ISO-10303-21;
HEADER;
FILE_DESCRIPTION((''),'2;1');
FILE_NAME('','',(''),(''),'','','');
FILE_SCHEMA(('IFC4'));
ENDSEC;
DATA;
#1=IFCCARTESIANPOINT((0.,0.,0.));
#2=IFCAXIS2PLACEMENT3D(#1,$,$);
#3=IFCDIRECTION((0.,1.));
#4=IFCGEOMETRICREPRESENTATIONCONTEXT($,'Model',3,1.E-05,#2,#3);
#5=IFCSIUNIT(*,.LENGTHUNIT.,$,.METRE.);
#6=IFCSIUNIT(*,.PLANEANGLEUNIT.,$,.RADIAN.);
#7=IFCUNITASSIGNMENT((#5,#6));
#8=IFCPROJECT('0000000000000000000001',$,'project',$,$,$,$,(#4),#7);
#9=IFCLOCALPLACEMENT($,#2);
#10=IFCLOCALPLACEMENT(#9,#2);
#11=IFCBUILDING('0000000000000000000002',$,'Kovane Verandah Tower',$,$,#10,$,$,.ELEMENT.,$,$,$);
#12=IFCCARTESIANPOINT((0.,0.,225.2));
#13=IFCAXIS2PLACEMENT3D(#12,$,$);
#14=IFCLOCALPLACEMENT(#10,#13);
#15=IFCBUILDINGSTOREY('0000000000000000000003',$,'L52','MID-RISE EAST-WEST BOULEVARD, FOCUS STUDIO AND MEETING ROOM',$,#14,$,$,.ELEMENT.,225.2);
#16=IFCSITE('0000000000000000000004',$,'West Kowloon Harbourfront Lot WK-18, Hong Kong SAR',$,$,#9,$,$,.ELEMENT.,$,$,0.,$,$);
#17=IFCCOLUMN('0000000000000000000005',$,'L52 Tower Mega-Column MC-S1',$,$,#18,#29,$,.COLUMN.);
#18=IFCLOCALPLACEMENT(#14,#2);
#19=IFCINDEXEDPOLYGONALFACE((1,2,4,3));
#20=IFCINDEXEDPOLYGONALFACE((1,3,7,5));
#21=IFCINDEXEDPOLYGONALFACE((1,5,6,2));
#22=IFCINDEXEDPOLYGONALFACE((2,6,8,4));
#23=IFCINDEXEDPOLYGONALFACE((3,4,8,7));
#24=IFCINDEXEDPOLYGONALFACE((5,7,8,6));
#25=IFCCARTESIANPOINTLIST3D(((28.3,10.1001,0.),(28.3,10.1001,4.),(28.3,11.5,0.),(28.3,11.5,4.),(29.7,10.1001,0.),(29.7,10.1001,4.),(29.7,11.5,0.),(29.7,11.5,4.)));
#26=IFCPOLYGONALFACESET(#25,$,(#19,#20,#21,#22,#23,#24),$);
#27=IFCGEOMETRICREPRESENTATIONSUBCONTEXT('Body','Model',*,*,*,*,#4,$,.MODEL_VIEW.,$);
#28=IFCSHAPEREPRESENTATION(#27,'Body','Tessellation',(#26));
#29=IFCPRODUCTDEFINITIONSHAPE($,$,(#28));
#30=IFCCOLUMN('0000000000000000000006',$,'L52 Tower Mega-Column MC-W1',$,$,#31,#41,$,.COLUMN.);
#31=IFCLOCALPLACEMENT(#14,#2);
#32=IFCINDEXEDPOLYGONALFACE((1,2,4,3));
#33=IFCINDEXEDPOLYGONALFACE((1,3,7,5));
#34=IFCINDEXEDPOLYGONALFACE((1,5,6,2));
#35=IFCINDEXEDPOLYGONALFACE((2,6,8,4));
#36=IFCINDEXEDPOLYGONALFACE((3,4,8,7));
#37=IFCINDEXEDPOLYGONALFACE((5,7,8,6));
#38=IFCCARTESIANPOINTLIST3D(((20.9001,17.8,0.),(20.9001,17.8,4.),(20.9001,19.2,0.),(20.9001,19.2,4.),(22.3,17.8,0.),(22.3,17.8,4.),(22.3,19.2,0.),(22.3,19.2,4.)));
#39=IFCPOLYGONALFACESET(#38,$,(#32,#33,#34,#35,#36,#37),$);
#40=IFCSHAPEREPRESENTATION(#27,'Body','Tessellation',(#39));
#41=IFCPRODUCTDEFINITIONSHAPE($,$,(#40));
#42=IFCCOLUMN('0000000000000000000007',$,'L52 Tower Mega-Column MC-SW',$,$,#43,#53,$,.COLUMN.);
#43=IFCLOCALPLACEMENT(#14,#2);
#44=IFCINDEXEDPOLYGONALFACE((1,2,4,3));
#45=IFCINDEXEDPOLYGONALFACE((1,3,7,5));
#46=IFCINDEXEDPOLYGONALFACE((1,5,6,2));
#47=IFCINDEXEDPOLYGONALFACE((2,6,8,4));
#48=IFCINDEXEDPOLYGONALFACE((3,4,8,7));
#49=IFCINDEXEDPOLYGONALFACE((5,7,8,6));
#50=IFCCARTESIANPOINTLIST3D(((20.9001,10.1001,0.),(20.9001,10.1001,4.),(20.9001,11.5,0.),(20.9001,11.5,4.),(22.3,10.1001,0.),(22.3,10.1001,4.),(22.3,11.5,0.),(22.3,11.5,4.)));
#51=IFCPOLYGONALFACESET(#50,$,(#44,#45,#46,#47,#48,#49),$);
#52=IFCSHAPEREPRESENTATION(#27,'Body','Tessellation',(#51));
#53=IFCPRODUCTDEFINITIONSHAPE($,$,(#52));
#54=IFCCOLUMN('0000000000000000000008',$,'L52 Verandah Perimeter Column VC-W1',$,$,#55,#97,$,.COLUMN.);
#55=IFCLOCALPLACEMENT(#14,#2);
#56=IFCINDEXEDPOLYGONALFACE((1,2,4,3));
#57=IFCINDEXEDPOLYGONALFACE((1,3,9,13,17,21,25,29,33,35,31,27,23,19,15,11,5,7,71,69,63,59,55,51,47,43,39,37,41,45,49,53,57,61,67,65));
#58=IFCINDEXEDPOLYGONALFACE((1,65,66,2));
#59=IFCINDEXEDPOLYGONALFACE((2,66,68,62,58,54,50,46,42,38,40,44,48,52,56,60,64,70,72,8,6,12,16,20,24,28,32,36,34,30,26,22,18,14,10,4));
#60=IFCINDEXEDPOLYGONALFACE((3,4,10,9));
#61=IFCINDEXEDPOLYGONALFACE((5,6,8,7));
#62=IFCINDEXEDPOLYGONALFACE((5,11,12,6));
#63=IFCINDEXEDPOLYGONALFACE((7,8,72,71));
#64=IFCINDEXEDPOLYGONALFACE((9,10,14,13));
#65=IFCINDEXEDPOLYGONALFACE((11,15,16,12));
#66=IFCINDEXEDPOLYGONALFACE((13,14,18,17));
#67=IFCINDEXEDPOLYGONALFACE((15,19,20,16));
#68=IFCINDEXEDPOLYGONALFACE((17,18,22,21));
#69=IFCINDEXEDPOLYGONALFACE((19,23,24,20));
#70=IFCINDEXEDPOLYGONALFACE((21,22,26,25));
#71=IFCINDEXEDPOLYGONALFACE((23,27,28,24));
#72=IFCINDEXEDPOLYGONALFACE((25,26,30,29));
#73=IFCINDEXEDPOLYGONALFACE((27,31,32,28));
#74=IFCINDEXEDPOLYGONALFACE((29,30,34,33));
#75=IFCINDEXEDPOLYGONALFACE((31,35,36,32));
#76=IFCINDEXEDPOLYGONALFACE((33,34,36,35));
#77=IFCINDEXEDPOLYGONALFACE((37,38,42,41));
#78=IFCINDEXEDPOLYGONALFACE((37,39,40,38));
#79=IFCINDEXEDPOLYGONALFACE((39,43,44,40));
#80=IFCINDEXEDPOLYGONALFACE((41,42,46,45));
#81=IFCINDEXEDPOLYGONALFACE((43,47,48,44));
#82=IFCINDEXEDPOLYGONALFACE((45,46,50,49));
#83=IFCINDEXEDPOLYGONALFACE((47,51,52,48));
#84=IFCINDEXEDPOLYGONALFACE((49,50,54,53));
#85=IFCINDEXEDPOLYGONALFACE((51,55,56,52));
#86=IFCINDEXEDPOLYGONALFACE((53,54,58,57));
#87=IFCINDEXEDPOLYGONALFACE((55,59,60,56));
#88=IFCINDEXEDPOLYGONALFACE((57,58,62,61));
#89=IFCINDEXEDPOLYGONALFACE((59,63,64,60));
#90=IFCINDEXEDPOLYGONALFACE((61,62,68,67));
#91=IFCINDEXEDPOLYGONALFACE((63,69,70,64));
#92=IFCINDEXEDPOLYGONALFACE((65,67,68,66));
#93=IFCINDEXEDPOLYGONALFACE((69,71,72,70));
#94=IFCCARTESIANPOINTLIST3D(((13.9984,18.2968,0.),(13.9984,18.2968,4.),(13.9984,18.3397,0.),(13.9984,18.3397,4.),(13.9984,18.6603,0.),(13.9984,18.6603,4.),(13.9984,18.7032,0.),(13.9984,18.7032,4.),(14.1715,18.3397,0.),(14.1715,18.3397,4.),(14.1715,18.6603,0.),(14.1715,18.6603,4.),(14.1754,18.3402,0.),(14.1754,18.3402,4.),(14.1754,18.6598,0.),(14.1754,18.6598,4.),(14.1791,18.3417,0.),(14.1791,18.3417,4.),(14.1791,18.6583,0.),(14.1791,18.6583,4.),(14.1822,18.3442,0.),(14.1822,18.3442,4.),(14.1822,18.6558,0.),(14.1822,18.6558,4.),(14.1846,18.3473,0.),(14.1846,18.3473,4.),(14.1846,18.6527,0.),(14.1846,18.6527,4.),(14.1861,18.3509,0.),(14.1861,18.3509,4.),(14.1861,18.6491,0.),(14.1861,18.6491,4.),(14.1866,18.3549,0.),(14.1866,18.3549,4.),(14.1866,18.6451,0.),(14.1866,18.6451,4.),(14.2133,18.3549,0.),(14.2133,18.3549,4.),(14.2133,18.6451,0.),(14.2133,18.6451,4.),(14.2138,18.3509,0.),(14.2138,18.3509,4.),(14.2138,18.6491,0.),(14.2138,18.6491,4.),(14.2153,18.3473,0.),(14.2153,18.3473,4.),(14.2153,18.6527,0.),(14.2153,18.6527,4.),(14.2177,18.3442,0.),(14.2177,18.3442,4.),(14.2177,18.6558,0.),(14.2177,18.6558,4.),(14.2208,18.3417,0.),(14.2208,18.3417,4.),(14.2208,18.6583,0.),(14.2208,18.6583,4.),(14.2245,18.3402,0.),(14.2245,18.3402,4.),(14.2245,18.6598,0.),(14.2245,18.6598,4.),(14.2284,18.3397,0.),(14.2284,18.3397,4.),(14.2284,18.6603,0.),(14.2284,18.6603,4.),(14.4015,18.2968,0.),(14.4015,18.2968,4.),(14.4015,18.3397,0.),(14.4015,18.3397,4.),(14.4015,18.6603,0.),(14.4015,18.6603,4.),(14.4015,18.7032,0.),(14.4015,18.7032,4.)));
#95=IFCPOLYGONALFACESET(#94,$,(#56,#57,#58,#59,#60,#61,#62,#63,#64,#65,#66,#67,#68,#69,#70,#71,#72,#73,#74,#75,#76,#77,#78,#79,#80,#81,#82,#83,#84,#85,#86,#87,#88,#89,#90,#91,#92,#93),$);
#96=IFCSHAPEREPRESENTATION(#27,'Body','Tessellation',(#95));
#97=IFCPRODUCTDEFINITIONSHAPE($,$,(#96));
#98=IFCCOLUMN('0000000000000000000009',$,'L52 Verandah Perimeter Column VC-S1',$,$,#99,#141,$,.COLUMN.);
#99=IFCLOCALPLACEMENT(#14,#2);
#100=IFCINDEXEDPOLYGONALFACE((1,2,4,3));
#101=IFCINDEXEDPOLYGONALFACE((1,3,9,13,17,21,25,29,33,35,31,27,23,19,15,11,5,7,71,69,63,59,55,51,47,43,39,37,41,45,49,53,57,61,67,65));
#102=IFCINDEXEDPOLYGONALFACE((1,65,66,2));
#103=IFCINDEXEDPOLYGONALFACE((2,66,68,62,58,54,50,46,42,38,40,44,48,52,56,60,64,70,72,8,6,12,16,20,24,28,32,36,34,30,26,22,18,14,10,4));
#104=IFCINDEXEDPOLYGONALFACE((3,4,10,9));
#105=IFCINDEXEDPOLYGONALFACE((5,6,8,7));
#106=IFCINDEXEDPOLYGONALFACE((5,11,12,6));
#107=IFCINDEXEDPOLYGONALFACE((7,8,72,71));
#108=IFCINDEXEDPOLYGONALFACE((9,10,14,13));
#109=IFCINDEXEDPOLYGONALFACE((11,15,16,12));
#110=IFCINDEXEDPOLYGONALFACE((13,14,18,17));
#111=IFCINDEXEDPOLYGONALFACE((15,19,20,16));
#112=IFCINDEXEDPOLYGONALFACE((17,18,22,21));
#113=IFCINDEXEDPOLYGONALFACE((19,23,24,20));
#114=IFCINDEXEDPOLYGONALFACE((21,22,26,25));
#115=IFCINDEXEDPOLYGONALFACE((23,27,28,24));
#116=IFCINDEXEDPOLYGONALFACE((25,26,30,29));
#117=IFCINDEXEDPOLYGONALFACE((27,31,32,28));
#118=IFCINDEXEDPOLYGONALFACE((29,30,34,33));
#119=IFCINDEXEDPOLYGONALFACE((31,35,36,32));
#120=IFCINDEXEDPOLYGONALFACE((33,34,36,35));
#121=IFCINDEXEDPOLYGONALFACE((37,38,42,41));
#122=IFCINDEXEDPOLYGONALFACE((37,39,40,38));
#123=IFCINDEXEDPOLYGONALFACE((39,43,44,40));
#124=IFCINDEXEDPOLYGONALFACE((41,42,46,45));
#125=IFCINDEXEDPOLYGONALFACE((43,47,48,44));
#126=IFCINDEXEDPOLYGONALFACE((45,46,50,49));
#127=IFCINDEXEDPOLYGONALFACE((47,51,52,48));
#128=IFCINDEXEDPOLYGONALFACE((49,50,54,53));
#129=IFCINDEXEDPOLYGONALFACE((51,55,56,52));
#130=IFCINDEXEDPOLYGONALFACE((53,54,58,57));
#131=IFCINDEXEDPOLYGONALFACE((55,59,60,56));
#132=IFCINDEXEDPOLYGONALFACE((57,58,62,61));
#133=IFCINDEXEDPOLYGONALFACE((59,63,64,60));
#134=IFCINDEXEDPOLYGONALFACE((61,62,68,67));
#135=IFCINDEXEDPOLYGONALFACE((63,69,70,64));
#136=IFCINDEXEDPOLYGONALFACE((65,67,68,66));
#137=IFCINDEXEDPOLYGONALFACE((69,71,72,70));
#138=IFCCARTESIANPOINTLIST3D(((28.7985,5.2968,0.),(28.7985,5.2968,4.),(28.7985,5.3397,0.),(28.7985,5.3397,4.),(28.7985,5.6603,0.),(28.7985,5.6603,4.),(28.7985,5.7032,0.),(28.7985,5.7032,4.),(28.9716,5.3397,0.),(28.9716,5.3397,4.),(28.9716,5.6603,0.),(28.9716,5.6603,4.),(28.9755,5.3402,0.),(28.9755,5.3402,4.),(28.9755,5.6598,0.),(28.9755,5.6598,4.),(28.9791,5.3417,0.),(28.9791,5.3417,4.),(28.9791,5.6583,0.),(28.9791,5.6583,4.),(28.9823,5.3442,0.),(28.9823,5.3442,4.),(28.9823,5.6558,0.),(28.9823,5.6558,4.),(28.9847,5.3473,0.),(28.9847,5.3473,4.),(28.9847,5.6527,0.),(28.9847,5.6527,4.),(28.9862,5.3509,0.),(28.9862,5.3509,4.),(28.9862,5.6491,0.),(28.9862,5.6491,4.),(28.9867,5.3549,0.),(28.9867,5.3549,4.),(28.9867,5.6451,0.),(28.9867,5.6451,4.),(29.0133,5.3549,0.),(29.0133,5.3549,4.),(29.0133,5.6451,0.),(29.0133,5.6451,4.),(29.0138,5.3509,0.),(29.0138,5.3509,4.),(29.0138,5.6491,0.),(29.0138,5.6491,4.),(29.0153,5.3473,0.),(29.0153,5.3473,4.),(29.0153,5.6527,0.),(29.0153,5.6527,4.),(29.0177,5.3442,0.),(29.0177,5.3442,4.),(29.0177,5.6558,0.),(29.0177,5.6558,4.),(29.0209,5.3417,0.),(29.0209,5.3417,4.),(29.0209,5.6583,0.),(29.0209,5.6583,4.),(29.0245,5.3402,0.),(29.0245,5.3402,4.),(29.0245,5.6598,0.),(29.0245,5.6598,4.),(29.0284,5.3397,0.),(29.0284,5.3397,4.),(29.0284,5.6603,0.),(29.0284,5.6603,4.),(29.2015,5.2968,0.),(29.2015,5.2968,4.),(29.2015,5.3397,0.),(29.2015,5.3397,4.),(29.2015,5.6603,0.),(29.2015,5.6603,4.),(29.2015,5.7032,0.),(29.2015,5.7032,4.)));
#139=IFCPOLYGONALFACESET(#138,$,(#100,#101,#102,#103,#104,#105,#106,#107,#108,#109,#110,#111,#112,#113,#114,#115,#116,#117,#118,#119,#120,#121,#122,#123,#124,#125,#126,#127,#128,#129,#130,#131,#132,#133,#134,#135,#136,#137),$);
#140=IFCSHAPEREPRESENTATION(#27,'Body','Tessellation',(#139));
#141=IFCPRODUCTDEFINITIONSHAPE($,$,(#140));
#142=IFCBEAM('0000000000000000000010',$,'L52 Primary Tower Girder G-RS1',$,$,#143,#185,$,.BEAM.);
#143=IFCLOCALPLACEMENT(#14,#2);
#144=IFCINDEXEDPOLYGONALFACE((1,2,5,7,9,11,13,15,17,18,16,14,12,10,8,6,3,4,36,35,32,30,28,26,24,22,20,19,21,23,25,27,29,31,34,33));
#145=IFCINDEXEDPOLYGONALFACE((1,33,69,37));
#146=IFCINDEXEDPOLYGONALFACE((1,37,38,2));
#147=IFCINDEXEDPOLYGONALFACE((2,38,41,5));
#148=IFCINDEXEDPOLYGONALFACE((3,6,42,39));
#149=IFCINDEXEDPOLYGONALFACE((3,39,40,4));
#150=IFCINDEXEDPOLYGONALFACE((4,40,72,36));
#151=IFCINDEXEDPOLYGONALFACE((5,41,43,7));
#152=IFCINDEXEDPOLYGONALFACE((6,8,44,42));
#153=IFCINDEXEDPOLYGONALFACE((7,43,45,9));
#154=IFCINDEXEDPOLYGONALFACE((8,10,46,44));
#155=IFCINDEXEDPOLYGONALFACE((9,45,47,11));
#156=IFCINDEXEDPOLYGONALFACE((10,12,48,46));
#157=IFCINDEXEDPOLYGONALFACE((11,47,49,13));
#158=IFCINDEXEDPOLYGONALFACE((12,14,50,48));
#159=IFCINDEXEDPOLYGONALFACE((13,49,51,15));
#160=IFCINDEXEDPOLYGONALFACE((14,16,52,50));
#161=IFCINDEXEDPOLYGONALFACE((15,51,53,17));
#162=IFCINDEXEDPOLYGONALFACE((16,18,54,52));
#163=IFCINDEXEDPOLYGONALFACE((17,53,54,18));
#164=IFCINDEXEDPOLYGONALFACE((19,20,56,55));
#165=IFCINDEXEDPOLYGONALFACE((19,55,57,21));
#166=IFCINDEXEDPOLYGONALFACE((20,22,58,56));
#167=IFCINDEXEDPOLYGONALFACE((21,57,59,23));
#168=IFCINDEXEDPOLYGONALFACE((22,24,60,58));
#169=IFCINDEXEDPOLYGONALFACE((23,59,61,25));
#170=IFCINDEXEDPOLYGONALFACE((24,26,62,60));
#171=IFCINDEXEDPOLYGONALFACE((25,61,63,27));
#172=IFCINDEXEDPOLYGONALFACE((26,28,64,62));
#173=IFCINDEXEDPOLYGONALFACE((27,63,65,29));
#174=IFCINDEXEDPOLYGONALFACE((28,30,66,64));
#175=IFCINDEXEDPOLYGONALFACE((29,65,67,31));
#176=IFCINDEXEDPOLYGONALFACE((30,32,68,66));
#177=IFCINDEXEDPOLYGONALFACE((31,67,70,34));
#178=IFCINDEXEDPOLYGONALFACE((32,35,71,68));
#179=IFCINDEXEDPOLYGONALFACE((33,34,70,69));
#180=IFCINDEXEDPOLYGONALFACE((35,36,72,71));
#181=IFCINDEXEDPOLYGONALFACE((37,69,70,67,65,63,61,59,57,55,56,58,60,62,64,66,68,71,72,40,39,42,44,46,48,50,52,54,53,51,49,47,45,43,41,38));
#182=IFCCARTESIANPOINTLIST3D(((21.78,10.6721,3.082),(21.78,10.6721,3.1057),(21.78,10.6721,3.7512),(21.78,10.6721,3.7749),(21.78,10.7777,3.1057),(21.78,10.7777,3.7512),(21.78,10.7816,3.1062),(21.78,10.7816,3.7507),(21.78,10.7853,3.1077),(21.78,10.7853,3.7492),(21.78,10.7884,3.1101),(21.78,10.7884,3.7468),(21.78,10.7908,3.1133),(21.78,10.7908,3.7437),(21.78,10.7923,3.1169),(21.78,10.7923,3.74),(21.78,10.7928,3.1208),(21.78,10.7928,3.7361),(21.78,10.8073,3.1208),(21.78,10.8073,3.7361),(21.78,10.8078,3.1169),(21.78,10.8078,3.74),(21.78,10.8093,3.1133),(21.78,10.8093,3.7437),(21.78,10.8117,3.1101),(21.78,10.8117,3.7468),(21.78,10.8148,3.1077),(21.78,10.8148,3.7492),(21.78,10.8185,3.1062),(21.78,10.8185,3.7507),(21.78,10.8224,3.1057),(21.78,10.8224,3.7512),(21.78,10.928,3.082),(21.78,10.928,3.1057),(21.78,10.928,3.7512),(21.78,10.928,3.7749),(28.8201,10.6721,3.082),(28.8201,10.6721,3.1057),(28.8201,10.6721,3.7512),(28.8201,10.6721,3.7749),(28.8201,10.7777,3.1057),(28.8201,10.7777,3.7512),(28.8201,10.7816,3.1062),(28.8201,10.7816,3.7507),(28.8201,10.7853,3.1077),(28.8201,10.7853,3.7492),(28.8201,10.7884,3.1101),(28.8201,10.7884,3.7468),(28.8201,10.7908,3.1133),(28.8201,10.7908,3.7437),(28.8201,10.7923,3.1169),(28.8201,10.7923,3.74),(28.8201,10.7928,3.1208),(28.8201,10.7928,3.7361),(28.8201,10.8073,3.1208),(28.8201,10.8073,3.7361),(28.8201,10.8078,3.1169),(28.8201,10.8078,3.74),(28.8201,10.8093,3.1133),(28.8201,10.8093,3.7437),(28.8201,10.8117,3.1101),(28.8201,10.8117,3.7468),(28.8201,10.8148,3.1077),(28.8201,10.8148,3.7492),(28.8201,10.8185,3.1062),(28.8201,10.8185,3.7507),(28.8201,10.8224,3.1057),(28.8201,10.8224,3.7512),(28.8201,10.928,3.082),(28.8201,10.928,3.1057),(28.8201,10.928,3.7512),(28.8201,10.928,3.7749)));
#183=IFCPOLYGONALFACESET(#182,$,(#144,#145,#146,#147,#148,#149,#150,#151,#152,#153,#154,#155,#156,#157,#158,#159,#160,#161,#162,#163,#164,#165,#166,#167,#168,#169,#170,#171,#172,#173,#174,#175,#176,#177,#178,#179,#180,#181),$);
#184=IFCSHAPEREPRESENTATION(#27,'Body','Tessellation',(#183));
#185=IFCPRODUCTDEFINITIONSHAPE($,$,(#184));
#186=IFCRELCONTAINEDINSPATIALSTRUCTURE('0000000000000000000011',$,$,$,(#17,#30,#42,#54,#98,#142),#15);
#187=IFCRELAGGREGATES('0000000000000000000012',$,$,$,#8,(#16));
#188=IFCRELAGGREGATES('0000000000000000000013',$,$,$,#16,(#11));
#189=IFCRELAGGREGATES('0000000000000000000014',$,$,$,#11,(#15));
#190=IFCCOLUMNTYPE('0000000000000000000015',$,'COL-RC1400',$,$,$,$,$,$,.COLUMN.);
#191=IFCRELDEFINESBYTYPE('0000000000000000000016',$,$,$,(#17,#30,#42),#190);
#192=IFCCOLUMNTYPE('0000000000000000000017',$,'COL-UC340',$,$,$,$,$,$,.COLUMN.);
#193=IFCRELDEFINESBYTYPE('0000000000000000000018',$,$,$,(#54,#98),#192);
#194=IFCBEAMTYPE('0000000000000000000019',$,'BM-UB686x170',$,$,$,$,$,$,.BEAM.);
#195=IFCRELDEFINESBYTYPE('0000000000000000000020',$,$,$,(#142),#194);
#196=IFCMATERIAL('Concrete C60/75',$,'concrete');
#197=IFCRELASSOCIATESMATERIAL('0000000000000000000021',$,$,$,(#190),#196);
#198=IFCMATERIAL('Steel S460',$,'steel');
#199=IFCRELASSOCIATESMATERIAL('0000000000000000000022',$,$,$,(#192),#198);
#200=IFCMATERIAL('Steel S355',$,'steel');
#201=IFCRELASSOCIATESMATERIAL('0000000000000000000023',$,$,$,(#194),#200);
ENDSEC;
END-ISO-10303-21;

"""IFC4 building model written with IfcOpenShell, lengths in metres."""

from ifc_helpers import new_model, si_unit, direction, frame, origin, origin_2d, place, context, subcontext, project, spatial, rectangle, i_section, extrude, material, material_profile, profile_set, type_object, element, save


model = new_model("IFC4")

# Units and contexts
model_context = context("Model", 3, precision=1e-05, world=origin(), true_north=direction((0.0, 1.0)))
body_context = subcontext(model_context, "Body", "Model", "MODEL_VIEW")
ifc_project = project(units=[si_unit("LENGTHUNIT", "METRE"), si_unit("PLANEANGLEUNIT", "RADIAN")], contexts=[model_context])

# Site, building, storey
site_placement = place(None, origin())
site = spatial("IfcSite", under=ifc_project, at=site_placement, Name="West Kowloon Harbourfront Lot WK-18, Hong Kong SAR", CompositionType="ELEMENT", RefElevation=0.0)
building_placement = place(site_placement, origin())
building = spatial("IfcBuilding", under=site, at=building_placement, Name="Kovane Verandah Tower", CompositionType="ELEMENT")
storey_placement = place(building_placement, frame((0.0, 0.0, 225.2)))
storey = spatial("IfcBuildingStorey", under=building, at=storey_placement, Name="L52", Description="MID-RISE EAST-WEST BOULEVARD, FOCUS STUDIO AND MEETING ROOM", CompositionType="ELEMENT", Elevation=225.2)

# Columns
ifc_material_1 = material(Name="Concrete C60/75", Category="concrete")
ifc_material_profile_1 = material_profile(ifc_material_1, rectangle(XDim=1.3999, YDim=1.3999, at=origin_2d()), Name="RC1400x1400")
ifc_profile_set_1 = profile_set([ifc_material_profile_1], Name="Concrete C60/75")
column_type_1 = type_object("IfcColumnType", Name="COL-RC1400", PredefinedType="COLUMN", material=ifc_profile_set_1)
for number, where, z_axis, x_axis, name in (
    (1, (29.0, 10.8, 0.0), (0.0, 0.0, 1.0), (1.0, 0.0, 0.0), "L52 Tower Mega-Column MC-S1"),
    (2, (21.6001, 18.5, 0.0), (0.0, 0.0, 1.0), (1.0, 0.0, 0.0), "L52 Tower Mega-Column MC-W1"),
    (3, (21.6001, 10.8, 0.0), (0.0, 0.0, 1.0), (1.0, 0.0, 0.0), "L52 Tower Mega-Column MC-SW"),
):
    element("IfcColumn", number, at=place(storey_placement, frame(where, z_axis=z_axis, x_axis=x_axis)), inside=storey, type_object=column_type_1, Name=name, PredefinedType="COLUMN", context=body_context, shape_type="SweptSolid", body=[
        extrude(rectangle(XDim=1.3999, YDim=1.3999, at=origin_2d()), origin(), (0.0, 0.0, 1.0), 4.0),
    ])
ifc_material_2 = material(Name="Steel S460", Category="steel")
ifc_material_profile_2 = material_profile(ifc_material_2, i_section(OverallWidth=0.4031, OverallDepth=0.4065, WebThickness=0.0266, FlangeThickness=0.043, FilletRadius=0.0151, at=origin_2d()), Name="UC356x406x340")
ifc_profile_set_2 = profile_set([ifc_material_profile_2], Name="Steel S460")
column_type_2 = type_object("IfcColumnType", Name="COL-UC340", PredefinedType="COLUMN", material=ifc_profile_set_2)
for number, where, z_axis, x_axis, name in (
    (4, (14.2, 18.5, 0.0), (0.0, 0.0, 1.0), (1.0, 0.0, 0.0), "L52 Verandah Perimeter Column VC-W1"),
    (5, (29.0, 5.5, 0.0), (0.0, 0.0, 1.0), (1.0, 0.0, 0.0), "L52 Verandah Perimeter Column VC-S1"),
):
    element("IfcColumn", number, at=place(storey_placement, frame(where, z_axis=z_axis, x_axis=x_axis)), inside=storey, type_object=column_type_2, Name=name, PredefinedType="COLUMN", context=body_context, shape_type="SweptSolid", body=[
        extrude(i_section(OverallWidth=0.4031, OverallDepth=0.4065, WebThickness=0.0266, FlangeThickness=0.043, FilletRadius=0.0151, at=origin_2d()), origin(), (0.0, 0.0, 1.0), 4.0),
    ])

# Beam
ifc_material_3 = material(Name="Steel S355", Category="steel")
ifc_material_profile_3 = material_profile(ifc_material_3, i_section(OverallWidth=0.2559, OverallDepth=0.6929, WebThickness=0.0144, FlangeThickness=0.0237, FilletRadius=0.0151, at=origin_2d()), Name="UB686x254x170")
ifc_profile_set_3 = profile_set([ifc_material_profile_3], Name="Steel S355")
beam_type_1 = type_object("IfcBeamType", Name="BM-UB686x170", PredefinedType="BEAM", material=ifc_profile_set_3)
beam_1_placement = place(storey_placement, frame((21.78, 10.8, 3.4285), z_axis=(1.0, 0.0, 0.0), x_axis=(0.0, 1.0, 0.0)))
element("IfcBeam", 6, at=beam_1_placement, inside=storey, type_object=beam_type_1, Name="L52 Primary Tower Girder G-RS1", PredefinedType="BEAM", context=body_context, shape_type="SweptSolid", body=[
    extrude(i_section(OverallWidth=0.2559, OverallDepth=0.6929, WebThickness=0.0144, FlangeThickness=0.0237, FilletRadius=0.0151, at=origin_2d()), origin(), (0.0, 0.0, 1.0), 7.04),
])

save(model, "model.ifc")
